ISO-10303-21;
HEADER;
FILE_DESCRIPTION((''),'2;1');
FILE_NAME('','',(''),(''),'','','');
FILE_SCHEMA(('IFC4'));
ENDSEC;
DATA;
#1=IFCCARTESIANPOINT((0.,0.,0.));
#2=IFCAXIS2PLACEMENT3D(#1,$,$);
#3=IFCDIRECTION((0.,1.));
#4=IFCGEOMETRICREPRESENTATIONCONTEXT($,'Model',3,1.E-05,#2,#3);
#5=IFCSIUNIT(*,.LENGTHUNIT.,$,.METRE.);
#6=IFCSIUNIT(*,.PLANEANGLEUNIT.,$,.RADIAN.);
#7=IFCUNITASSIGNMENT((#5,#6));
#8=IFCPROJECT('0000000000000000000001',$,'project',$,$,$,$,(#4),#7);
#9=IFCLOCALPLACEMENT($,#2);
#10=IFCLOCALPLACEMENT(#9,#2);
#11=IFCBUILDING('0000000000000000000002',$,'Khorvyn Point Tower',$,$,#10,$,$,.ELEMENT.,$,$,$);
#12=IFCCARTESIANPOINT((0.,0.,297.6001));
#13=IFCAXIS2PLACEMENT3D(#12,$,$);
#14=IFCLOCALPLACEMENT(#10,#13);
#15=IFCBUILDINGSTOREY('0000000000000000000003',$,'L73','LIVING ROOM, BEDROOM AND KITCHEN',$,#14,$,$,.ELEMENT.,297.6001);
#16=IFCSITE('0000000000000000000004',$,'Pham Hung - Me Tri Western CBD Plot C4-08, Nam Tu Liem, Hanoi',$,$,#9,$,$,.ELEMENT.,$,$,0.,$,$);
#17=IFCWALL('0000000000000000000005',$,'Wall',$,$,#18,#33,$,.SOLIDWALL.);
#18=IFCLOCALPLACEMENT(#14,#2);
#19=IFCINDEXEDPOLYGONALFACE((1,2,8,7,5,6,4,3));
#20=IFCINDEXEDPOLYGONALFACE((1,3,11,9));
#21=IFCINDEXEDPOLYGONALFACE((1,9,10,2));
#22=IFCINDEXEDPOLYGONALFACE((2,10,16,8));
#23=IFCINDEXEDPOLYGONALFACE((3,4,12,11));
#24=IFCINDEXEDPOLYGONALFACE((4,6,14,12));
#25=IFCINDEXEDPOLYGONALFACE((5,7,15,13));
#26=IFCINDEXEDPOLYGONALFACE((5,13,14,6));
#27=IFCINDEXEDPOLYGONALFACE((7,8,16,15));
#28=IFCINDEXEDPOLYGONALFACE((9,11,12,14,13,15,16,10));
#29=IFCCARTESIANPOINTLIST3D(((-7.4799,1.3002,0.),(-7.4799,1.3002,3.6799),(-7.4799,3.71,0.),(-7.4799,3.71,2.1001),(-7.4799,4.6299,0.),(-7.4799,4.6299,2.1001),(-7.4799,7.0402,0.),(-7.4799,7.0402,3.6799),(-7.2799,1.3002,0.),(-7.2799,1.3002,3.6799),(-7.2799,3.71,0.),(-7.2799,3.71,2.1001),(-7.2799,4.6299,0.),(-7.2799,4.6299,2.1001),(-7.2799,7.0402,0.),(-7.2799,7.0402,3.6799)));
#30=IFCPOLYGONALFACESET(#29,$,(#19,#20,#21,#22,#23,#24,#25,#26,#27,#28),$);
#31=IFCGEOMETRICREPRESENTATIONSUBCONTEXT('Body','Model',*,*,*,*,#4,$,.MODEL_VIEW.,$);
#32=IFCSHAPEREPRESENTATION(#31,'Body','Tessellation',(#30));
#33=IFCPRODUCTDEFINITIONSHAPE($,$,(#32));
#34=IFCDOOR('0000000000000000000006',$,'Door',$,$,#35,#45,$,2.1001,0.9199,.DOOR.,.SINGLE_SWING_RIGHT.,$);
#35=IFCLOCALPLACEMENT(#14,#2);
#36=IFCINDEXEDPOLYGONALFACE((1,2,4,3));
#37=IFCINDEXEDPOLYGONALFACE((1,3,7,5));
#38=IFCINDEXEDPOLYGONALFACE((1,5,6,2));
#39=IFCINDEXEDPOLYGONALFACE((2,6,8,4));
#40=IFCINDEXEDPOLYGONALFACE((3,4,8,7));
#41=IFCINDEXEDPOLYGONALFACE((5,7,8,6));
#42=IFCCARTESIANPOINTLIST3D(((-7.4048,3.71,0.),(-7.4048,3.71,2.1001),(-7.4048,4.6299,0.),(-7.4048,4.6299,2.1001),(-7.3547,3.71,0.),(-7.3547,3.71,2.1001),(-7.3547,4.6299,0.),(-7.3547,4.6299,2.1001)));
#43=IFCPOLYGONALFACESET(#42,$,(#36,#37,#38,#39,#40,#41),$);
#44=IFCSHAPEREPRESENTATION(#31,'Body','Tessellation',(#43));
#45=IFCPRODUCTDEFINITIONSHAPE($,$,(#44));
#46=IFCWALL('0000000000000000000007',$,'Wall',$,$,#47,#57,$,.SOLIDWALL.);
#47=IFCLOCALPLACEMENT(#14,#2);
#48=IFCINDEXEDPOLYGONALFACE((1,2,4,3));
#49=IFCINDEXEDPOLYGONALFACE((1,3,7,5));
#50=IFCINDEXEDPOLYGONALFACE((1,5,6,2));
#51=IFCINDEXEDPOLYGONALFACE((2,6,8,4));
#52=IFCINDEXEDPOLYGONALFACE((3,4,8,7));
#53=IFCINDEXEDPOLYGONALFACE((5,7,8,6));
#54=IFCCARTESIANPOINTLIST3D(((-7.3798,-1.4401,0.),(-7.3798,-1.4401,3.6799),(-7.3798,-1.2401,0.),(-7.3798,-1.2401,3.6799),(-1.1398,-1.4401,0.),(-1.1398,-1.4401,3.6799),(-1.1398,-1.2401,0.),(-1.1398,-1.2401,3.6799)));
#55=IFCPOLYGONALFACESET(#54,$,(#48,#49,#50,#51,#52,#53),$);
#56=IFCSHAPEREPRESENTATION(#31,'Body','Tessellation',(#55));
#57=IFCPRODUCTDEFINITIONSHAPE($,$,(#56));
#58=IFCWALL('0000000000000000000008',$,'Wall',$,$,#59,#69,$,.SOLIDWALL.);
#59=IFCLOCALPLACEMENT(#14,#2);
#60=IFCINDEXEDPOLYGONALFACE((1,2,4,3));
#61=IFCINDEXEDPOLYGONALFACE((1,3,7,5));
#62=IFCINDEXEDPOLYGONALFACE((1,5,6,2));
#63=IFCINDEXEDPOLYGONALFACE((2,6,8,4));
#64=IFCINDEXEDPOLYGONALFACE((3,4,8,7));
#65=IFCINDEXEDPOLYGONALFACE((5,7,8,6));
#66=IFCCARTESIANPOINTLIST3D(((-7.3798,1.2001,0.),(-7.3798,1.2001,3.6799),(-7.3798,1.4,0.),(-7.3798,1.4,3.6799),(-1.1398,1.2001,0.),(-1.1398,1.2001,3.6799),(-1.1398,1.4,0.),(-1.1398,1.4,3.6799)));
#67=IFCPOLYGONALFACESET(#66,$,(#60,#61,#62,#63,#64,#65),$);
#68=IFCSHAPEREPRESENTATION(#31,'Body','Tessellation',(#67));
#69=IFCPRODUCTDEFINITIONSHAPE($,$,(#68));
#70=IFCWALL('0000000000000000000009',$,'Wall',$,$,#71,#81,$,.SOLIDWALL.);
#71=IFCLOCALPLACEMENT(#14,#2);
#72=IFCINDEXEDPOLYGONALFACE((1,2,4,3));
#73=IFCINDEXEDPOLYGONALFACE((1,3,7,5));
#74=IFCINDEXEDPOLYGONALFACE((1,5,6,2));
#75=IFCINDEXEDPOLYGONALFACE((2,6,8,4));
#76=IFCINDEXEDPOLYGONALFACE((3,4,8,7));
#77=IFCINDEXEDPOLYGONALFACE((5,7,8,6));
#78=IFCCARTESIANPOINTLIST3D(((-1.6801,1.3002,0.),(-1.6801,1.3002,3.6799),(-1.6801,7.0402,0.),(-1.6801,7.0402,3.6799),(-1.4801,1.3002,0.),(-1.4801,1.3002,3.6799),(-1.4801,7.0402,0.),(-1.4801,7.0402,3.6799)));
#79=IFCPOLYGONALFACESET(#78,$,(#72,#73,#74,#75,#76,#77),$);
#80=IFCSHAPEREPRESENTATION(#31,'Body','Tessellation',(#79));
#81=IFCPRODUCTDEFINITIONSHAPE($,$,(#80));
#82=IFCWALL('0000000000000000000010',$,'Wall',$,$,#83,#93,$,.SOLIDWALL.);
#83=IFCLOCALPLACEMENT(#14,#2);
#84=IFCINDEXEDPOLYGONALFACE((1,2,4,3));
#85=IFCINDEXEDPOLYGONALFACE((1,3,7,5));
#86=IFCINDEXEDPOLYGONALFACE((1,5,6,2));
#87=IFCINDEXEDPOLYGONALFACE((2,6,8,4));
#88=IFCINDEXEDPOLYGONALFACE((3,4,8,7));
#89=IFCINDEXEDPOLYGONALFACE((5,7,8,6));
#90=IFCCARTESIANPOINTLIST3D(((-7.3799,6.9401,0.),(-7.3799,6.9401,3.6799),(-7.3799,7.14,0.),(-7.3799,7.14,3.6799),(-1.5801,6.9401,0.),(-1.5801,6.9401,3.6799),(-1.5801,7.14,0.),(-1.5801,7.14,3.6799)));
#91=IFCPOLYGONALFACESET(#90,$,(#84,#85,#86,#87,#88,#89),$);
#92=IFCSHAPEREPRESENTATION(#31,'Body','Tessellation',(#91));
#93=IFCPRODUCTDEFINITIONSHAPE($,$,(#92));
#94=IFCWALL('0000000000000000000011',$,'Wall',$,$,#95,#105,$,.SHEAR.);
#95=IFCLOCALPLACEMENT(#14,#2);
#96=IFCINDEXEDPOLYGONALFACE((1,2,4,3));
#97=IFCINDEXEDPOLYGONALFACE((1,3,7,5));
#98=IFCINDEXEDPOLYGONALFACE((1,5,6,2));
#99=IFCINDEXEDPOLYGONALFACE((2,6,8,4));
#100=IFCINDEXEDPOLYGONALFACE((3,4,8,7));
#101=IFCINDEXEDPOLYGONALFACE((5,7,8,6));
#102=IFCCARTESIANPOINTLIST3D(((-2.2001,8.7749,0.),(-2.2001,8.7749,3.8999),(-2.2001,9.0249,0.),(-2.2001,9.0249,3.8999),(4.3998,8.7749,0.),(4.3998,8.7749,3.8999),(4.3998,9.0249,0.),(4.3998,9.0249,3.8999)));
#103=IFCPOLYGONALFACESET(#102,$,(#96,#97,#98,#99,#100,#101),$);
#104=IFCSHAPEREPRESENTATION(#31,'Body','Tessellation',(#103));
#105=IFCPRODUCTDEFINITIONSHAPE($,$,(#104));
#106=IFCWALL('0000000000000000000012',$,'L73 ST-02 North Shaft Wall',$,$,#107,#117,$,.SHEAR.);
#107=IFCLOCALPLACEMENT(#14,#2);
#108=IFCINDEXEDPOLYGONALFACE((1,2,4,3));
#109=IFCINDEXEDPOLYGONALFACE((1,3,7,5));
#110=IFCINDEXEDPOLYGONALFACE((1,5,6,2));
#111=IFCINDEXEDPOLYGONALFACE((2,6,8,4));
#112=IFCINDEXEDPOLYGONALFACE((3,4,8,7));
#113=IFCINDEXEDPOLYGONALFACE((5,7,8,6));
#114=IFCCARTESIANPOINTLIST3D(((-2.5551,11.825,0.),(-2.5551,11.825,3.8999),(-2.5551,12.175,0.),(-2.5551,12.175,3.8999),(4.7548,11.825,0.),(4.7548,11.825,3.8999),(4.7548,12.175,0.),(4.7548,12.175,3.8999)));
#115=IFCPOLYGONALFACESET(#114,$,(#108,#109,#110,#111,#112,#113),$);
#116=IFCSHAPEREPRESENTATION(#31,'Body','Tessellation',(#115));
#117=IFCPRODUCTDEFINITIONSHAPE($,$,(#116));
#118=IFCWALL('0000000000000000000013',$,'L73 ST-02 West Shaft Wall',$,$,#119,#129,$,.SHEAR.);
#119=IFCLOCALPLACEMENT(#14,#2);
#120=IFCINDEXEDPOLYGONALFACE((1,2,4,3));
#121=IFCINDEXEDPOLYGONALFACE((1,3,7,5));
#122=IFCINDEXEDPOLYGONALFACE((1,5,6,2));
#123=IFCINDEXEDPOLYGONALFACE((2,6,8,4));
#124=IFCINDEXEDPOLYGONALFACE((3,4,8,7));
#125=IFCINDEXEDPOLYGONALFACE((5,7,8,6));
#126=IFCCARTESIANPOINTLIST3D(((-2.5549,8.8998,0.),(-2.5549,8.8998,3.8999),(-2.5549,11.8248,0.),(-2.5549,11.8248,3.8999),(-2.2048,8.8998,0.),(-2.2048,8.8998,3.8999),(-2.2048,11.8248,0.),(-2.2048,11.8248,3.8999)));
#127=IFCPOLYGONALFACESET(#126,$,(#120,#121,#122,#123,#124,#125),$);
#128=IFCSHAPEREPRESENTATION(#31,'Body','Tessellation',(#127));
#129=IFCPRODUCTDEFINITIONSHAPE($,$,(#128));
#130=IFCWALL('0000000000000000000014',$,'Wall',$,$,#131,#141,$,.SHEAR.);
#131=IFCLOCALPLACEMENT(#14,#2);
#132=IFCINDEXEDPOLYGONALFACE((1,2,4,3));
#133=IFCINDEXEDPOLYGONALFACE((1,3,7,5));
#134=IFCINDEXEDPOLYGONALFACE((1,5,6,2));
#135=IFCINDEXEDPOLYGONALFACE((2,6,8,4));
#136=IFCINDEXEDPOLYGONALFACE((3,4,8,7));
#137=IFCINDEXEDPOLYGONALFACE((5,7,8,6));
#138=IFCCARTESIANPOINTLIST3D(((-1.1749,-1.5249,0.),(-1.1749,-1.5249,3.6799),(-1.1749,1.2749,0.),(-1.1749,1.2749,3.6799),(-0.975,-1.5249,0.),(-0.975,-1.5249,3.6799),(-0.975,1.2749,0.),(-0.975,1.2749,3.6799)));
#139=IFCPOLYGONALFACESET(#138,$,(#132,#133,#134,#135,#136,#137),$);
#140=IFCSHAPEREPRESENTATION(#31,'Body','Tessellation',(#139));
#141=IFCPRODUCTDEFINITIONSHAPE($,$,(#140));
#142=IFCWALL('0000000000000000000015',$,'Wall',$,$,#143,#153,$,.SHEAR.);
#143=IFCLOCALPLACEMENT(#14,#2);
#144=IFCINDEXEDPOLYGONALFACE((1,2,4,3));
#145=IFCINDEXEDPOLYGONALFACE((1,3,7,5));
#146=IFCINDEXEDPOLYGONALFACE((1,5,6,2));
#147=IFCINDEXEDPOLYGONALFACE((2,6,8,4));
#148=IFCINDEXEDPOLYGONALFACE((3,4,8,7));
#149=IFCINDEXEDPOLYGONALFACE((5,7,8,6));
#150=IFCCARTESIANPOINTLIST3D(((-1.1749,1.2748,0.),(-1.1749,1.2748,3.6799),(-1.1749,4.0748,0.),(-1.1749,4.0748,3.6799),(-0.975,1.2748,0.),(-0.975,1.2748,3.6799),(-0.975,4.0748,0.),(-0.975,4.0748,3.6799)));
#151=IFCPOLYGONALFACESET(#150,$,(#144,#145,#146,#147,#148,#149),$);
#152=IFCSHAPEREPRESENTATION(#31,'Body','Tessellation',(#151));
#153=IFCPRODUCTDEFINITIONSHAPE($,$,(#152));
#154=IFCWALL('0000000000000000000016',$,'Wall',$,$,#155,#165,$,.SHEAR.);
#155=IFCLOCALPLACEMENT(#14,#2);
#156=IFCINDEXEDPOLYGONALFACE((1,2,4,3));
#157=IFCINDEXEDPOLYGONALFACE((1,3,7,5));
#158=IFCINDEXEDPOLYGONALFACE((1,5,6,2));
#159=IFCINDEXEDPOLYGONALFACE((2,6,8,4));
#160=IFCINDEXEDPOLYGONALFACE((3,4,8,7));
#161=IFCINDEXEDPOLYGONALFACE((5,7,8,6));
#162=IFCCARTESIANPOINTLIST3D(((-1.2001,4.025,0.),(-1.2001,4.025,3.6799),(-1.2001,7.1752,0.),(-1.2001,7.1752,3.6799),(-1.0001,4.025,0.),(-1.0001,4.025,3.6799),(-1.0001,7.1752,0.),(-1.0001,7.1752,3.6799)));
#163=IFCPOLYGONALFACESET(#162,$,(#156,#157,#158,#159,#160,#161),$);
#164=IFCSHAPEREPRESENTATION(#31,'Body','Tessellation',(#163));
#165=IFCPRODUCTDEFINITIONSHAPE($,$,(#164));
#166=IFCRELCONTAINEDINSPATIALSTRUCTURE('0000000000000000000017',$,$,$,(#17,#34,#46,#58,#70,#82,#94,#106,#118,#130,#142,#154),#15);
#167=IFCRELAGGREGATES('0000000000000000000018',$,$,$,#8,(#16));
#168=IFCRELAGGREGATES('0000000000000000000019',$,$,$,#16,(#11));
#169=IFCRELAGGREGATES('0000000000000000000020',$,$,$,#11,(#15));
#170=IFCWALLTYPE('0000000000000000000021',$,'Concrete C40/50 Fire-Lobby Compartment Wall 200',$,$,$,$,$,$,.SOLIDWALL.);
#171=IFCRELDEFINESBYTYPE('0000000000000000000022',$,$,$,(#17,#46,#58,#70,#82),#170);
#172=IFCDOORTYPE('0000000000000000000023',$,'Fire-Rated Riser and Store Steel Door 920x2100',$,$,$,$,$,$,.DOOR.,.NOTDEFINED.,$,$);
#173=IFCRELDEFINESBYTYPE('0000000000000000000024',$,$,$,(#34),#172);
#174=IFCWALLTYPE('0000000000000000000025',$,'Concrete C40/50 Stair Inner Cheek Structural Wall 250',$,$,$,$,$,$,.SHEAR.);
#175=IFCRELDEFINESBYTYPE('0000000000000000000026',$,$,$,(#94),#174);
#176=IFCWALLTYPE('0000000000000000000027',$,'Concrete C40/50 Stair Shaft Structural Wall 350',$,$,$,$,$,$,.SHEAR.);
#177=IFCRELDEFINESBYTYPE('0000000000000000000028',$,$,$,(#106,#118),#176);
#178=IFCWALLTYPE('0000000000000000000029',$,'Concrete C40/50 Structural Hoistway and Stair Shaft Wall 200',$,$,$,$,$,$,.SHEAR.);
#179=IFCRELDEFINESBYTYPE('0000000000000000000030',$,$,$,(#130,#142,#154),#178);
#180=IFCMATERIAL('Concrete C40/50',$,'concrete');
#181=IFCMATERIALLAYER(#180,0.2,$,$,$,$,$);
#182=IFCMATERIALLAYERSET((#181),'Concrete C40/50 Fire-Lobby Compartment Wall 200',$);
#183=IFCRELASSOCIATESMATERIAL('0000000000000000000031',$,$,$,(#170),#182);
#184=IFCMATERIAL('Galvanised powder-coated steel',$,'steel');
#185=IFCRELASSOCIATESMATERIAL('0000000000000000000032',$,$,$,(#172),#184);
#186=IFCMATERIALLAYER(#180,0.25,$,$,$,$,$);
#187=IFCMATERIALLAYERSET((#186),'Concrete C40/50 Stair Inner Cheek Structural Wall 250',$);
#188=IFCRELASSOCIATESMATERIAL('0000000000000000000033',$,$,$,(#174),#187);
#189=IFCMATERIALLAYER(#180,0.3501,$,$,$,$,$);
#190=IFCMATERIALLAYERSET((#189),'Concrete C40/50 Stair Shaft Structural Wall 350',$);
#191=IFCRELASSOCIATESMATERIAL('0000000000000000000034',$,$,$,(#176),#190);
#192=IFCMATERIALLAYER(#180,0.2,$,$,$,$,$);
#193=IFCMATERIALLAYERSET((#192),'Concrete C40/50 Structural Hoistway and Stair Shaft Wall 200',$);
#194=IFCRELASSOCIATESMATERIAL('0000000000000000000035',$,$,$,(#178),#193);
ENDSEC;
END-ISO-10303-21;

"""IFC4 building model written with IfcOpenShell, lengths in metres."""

from ifc_helpers import new_model, si_unit, direction, frame, frame_2d, origin, place, context, subcontext, project, spatial, rectangle, extrude, material, layer, layer_set, type_object, element, fill, save


model = new_model("IFC4")

# Units and contexts
model_context = context("Model", 3, precision=1e-05, world=origin(), true_north=direction((0.0, 1.0)))
body_context = subcontext(model_context, "Body", "Model", "MODEL_VIEW")
ifc_project = project(units=[si_unit("LENGTHUNIT", "METRE"), si_unit("PLANEANGLEUNIT", "RADIAN")], contexts=[model_context])

# Site, building, storey
site_placement = place(None, origin())
site = spatial("IfcSite", under=ifc_project, at=site_placement, Name="Pham Hung - Me Tri Western CBD Plot C4-08, Nam Tu Liem, Hanoi", CompositionType="ELEMENT", RefElevation=0.0)
building_placement = place(site_placement, origin())
building = spatial("IfcBuilding", under=site, at=building_placement, Name="Khorvyn Point Tower", CompositionType="ELEMENT")
storey_placement = place(building_placement, frame((0.0, 0.0, 297.6001)))
storey = spatial("IfcBuildingStorey", under=building, at=storey_placement, Name="L73", Description="LIVING ROOM, BEDROOM AND KITCHEN", CompositionType="ELEMENT", Elevation=297.6001)

# Shared definitions
ifc_material_1 = material(Name="Concrete C40/50", Category="concrete")

# Wall, opening, door
ifc_layer_1 = layer(ifc_material_1, 0.2)
ifc_layer_set_1 = layer_set([ifc_layer_1], Name="Concrete C40/50 Fire-Lobby Compartment Wall 200")
wall_type_1 = type_object("IfcWallType", Name="Concrete C40/50 Fire-Lobby Compartment Wall 200", PredefinedType="SOLIDWALL", material=ifc_layer_set_1)
ifc_material_2 = material(Name="Galvanised powder-coated steel", Category="steel")
wall_1_placement = place(storey_placement, frame((-7.3799, 1.3, 0.0), z_axis=(0.0, 0.0, 1.0), x_axis=(0.0, 1.0, 0.0)))
wall_1 = element("IfcWall", 1, at=wall_1_placement, inside=storey, type_object=wall_type_1, Name="Wall", PredefinedType="SOLIDWALL", context=body_context, shape_type="SweptSolid", body=[
    extrude(rectangle(XDim=5.74, YDim=0.2, at=frame_2d((2.8701, 0.0))), origin(), (0.0, 0.0, 1.0), 3.6799),
])
opening_1_placement = place(wall_1_placement, frame((2.4099, 0.0, 0.0)))
opening_1 = element("IfcOpeningElement", 2, at=opening_1_placement, cuts=wall_1, PredefinedType="OPENING", context=body_context, shape_type="SweptSolid", body=[
    extrude(rectangle(XDim=0.9199, YDim=2.1001, at=frame_2d((0.46, 1.05))), frame((0.0, 0.1099, 0.0), z_axis=(0.0, -1.0, 0.0), x_axis=(1.0, 0.0, 0.0)), (0.0, 0.0, 1.0), 0.22),
])
door_type_1 = type_object("IfcDoorType", Name="Fire-Rated Riser and Store Steel Door 920x2100", OperationType="NOTDEFINED", PredefinedType="DOOR", material=ifc_material_2)
door_1_placement = place(opening_1_placement, origin())
door_1 = element("IfcDoor", 3, at=door_1_placement, inside=storey, type_object=door_type_1, Name="Door", OperationType="SINGLE_SWING_RIGHT", OverallHeight=2.1001, OverallWidth=0.9199, PredefinedType="DOOR", context=body_context, shape_type="SweptSolid", body=[
    extrude(rectangle(XDim=0.9199, YDim=2.1001, at=frame_2d((0.46, 1.05))), frame((0.0, 0.0249, 0.0), z_axis=(0.0, -1.0, 0.0), x_axis=(1.0, 0.0, 0.0)), (0.0, 0.0, 1.0), 0.05),
])
fill(opening_1, door_1)

# Walls
for number, where, z_axis, x_axis, name in (
    (4, (-7.3799, -1.3401, 0.0), (0.0, 0.0, 1.0), (1.0, 0.0, 0.0), "Wall"),
    (5, (-7.3799, 1.3, 0.0), (0.0, 0.0, 1.0), (1.0, 0.0, 0.0), "Wall"),
):
    element("IfcWall", number, at=place(storey_placement, frame(where, z_axis=z_axis, x_axis=x_axis)), inside=storey, type_object=wall_type_1, Name=name, PredefinedType="SOLIDWALL", context=body_context, shape_type="SweptSolid", body=[
        extrude(rectangle(XDim=6.24, YDim=0.2, at=frame_2d((3.1201, 0.0))), origin(), (0.0, 0.0, 1.0), 3.6799),
    ])
wall_2_placement = place(storey_placement, frame((-1.5801, 1.3, 0.0), z_axis=(0.0, 0.0, 1.0), x_axis=(0.0, 1.0, 0.0)))
element("IfcWall", 6, at=wall_2_placement, inside=storey, type_object=wall_type_1, Name="Wall", PredefinedType="SOLIDWALL", context=body_context, shape_type="SweptSolid", body=[
    extrude(rectangle(XDim=5.74, YDim=0.2, at=frame_2d((2.8701, 0.0))), origin(), (0.0, 0.0, 1.0), 3.6799),
])
wall_3_placement = place(storey_placement, frame((-7.3799, 7.04, 0.0), z_axis=(0.0, 0.0, 1.0), x_axis=(1.0, 0.0, 0.0)))
element("IfcWall", 7, at=wall_3_placement, inside=storey, type_object=wall_type_1, Name="Wall", PredefinedType="SOLIDWALL", context=body_context, shape_type="SweptSolid", body=[
    extrude(rectangle(XDim=5.7998, YDim=0.2, at=frame_2d((2.8999, 0.0))), origin(), (0.0, 0.0, 1.0), 3.6799),
])
ifc_layer_2 = layer(ifc_material_1, 0.25)
ifc_layer_set_2 = layer_set([ifc_layer_2], Name="Concrete C40/50 Stair Inner Cheek Structural Wall 250")
wall_type_2 = type_object("IfcWallType", Name="Concrete C40/50 Stair Inner Cheek Structural Wall 250", PredefinedType="SHEAR", material=ifc_layer_set_2)
wall_4_placement = place(storey_placement, frame((-2.2, 8.8999, 0.0), z_axis=(0.0, 0.0, 1.0), x_axis=(1.0, 0.0, 0.0)))
element("IfcWall", 8, at=wall_4_placement, inside=storey, type_object=wall_type_2, Name="Wall", PredefinedType="SHEAR", context=body_context, shape_type="SweptSolid", body=[
    extrude(rectangle(XDim=6.5999, YDim=0.25, at=frame_2d((3.2998, 0.0))), origin(), (0.0, 0.0, 1.0), 3.8999),
])
ifc_layer_3 = layer(ifc_material_1, 0.3501)
ifc_layer_set_3 = layer_set([ifc_layer_3], Name="Concrete C40/50 Stair Shaft Structural Wall 350")
wall_type_3 = type_object("IfcWallType", Name="Concrete C40/50 Stair Shaft Structural Wall 350", PredefinedType="SHEAR", material=ifc_layer_set_3)
wall_5_placement = place(storey_placement, frame((-2.5549, 12.0, 0.0), z_axis=(0.0, 0.0, 1.0), x_axis=(1.0, 0.0, 0.0)))
element("IfcWall", 9, at=wall_5_placement, inside=storey, type_object=wall_type_3, Name="L73 ST-02 North Shaft Wall", PredefinedType="SHEAR", context=body_context, shape_type="SweptSolid", body=[
    extrude(rectangle(XDim=7.3098, YDim=0.3501, at=frame_2d((3.6548, 0.0))), origin(), (0.0, 0.0, 1.0), 3.8999),
])
wall_6_placement = place(storey_placement, frame((-2.3799, 8.8999, 0.0), z_axis=(0.0, 0.0, 1.0), x_axis=(0.0, 1.0, 0.0)))
element("IfcWall", 10, at=wall_6_placement, inside=storey, type_object=wall_type_3, Name="L73 ST-02 West Shaft Wall", PredefinedType="SHEAR", context=body_context, shape_type="SweptSolid", body=[
    extrude(rectangle(XDim=2.925, YDim=0.3501, at=frame_2d((1.4624, 0.0))), origin(), (0.0, 0.0, 1.0), 3.8999),
])
ifc_layer_4 = layer(ifc_material_1, 0.2)
ifc_layer_set_4 = layer_set([ifc_layer_4], Name="Concrete C40/50 Structural Hoistway and Stair Shaft Wall 200")
wall_type_4 = type_object("IfcWallType", Name="Concrete C40/50 Structural Hoistway and Stair Shaft Wall 200", PredefinedType="SHEAR", material=ifc_layer_set_4)
wall_7_placement = place(storey_placement, frame((-1.075, -1.5249, 0.0), z_axis=(0.0, 0.0, 1.0), x_axis=(0.0, 1.0, 0.0)))
element("IfcWall", 11, at=wall_7_placement, inside=storey, type_object=wall_type_4, Name="Wall", PredefinedType="SHEAR", context=body_context, shape_type="SweptSolid", body=[
    extrude(rectangle(XDim=2.7998, YDim=0.2, at=frame_2d((1.3999, 0.0))), origin(), (0.0, 0.0, 1.0), 3.6799),
])
wall_8_placement = place(storey_placement, frame((-1.075, 1.2749, 0.0), z_axis=(0.0, 0.0, 1.0), x_axis=(0.0, 1.0, 0.0)))
element("IfcWall", 12, at=wall_8_placement, inside=storey, type_object=wall_type_4, Name="Wall", PredefinedType="SHEAR", context=body_context, shape_type="SweptSolid", body=[
    extrude(rectangle(XDim=2.8, YDim=0.2, at=frame_2d((1.3999, 0.0))), origin(), (0.0, 0.0, 1.0), 3.6799),
])
wall_9_placement = place(storey_placement, frame((-1.1001, 4.0249, 0.0), z_axis=(0.0, 0.0, 1.0), x_axis=(0.0, 1.0, 0.0)))
element("IfcWall", 13, at=wall_9_placement, inside=storey, type_object=wall_type_4, Name="Wall", PredefinedType="SHEAR", context=body_context, shape_type="SweptSolid", body=[
    extrude(rectangle(XDim=3.1501, YDim=0.2, at=frame_2d((1.5752, 0.0))), origin(), (0.0, 0.0, 1.0), 3.6799),
])

save(model, "model.ifc")
